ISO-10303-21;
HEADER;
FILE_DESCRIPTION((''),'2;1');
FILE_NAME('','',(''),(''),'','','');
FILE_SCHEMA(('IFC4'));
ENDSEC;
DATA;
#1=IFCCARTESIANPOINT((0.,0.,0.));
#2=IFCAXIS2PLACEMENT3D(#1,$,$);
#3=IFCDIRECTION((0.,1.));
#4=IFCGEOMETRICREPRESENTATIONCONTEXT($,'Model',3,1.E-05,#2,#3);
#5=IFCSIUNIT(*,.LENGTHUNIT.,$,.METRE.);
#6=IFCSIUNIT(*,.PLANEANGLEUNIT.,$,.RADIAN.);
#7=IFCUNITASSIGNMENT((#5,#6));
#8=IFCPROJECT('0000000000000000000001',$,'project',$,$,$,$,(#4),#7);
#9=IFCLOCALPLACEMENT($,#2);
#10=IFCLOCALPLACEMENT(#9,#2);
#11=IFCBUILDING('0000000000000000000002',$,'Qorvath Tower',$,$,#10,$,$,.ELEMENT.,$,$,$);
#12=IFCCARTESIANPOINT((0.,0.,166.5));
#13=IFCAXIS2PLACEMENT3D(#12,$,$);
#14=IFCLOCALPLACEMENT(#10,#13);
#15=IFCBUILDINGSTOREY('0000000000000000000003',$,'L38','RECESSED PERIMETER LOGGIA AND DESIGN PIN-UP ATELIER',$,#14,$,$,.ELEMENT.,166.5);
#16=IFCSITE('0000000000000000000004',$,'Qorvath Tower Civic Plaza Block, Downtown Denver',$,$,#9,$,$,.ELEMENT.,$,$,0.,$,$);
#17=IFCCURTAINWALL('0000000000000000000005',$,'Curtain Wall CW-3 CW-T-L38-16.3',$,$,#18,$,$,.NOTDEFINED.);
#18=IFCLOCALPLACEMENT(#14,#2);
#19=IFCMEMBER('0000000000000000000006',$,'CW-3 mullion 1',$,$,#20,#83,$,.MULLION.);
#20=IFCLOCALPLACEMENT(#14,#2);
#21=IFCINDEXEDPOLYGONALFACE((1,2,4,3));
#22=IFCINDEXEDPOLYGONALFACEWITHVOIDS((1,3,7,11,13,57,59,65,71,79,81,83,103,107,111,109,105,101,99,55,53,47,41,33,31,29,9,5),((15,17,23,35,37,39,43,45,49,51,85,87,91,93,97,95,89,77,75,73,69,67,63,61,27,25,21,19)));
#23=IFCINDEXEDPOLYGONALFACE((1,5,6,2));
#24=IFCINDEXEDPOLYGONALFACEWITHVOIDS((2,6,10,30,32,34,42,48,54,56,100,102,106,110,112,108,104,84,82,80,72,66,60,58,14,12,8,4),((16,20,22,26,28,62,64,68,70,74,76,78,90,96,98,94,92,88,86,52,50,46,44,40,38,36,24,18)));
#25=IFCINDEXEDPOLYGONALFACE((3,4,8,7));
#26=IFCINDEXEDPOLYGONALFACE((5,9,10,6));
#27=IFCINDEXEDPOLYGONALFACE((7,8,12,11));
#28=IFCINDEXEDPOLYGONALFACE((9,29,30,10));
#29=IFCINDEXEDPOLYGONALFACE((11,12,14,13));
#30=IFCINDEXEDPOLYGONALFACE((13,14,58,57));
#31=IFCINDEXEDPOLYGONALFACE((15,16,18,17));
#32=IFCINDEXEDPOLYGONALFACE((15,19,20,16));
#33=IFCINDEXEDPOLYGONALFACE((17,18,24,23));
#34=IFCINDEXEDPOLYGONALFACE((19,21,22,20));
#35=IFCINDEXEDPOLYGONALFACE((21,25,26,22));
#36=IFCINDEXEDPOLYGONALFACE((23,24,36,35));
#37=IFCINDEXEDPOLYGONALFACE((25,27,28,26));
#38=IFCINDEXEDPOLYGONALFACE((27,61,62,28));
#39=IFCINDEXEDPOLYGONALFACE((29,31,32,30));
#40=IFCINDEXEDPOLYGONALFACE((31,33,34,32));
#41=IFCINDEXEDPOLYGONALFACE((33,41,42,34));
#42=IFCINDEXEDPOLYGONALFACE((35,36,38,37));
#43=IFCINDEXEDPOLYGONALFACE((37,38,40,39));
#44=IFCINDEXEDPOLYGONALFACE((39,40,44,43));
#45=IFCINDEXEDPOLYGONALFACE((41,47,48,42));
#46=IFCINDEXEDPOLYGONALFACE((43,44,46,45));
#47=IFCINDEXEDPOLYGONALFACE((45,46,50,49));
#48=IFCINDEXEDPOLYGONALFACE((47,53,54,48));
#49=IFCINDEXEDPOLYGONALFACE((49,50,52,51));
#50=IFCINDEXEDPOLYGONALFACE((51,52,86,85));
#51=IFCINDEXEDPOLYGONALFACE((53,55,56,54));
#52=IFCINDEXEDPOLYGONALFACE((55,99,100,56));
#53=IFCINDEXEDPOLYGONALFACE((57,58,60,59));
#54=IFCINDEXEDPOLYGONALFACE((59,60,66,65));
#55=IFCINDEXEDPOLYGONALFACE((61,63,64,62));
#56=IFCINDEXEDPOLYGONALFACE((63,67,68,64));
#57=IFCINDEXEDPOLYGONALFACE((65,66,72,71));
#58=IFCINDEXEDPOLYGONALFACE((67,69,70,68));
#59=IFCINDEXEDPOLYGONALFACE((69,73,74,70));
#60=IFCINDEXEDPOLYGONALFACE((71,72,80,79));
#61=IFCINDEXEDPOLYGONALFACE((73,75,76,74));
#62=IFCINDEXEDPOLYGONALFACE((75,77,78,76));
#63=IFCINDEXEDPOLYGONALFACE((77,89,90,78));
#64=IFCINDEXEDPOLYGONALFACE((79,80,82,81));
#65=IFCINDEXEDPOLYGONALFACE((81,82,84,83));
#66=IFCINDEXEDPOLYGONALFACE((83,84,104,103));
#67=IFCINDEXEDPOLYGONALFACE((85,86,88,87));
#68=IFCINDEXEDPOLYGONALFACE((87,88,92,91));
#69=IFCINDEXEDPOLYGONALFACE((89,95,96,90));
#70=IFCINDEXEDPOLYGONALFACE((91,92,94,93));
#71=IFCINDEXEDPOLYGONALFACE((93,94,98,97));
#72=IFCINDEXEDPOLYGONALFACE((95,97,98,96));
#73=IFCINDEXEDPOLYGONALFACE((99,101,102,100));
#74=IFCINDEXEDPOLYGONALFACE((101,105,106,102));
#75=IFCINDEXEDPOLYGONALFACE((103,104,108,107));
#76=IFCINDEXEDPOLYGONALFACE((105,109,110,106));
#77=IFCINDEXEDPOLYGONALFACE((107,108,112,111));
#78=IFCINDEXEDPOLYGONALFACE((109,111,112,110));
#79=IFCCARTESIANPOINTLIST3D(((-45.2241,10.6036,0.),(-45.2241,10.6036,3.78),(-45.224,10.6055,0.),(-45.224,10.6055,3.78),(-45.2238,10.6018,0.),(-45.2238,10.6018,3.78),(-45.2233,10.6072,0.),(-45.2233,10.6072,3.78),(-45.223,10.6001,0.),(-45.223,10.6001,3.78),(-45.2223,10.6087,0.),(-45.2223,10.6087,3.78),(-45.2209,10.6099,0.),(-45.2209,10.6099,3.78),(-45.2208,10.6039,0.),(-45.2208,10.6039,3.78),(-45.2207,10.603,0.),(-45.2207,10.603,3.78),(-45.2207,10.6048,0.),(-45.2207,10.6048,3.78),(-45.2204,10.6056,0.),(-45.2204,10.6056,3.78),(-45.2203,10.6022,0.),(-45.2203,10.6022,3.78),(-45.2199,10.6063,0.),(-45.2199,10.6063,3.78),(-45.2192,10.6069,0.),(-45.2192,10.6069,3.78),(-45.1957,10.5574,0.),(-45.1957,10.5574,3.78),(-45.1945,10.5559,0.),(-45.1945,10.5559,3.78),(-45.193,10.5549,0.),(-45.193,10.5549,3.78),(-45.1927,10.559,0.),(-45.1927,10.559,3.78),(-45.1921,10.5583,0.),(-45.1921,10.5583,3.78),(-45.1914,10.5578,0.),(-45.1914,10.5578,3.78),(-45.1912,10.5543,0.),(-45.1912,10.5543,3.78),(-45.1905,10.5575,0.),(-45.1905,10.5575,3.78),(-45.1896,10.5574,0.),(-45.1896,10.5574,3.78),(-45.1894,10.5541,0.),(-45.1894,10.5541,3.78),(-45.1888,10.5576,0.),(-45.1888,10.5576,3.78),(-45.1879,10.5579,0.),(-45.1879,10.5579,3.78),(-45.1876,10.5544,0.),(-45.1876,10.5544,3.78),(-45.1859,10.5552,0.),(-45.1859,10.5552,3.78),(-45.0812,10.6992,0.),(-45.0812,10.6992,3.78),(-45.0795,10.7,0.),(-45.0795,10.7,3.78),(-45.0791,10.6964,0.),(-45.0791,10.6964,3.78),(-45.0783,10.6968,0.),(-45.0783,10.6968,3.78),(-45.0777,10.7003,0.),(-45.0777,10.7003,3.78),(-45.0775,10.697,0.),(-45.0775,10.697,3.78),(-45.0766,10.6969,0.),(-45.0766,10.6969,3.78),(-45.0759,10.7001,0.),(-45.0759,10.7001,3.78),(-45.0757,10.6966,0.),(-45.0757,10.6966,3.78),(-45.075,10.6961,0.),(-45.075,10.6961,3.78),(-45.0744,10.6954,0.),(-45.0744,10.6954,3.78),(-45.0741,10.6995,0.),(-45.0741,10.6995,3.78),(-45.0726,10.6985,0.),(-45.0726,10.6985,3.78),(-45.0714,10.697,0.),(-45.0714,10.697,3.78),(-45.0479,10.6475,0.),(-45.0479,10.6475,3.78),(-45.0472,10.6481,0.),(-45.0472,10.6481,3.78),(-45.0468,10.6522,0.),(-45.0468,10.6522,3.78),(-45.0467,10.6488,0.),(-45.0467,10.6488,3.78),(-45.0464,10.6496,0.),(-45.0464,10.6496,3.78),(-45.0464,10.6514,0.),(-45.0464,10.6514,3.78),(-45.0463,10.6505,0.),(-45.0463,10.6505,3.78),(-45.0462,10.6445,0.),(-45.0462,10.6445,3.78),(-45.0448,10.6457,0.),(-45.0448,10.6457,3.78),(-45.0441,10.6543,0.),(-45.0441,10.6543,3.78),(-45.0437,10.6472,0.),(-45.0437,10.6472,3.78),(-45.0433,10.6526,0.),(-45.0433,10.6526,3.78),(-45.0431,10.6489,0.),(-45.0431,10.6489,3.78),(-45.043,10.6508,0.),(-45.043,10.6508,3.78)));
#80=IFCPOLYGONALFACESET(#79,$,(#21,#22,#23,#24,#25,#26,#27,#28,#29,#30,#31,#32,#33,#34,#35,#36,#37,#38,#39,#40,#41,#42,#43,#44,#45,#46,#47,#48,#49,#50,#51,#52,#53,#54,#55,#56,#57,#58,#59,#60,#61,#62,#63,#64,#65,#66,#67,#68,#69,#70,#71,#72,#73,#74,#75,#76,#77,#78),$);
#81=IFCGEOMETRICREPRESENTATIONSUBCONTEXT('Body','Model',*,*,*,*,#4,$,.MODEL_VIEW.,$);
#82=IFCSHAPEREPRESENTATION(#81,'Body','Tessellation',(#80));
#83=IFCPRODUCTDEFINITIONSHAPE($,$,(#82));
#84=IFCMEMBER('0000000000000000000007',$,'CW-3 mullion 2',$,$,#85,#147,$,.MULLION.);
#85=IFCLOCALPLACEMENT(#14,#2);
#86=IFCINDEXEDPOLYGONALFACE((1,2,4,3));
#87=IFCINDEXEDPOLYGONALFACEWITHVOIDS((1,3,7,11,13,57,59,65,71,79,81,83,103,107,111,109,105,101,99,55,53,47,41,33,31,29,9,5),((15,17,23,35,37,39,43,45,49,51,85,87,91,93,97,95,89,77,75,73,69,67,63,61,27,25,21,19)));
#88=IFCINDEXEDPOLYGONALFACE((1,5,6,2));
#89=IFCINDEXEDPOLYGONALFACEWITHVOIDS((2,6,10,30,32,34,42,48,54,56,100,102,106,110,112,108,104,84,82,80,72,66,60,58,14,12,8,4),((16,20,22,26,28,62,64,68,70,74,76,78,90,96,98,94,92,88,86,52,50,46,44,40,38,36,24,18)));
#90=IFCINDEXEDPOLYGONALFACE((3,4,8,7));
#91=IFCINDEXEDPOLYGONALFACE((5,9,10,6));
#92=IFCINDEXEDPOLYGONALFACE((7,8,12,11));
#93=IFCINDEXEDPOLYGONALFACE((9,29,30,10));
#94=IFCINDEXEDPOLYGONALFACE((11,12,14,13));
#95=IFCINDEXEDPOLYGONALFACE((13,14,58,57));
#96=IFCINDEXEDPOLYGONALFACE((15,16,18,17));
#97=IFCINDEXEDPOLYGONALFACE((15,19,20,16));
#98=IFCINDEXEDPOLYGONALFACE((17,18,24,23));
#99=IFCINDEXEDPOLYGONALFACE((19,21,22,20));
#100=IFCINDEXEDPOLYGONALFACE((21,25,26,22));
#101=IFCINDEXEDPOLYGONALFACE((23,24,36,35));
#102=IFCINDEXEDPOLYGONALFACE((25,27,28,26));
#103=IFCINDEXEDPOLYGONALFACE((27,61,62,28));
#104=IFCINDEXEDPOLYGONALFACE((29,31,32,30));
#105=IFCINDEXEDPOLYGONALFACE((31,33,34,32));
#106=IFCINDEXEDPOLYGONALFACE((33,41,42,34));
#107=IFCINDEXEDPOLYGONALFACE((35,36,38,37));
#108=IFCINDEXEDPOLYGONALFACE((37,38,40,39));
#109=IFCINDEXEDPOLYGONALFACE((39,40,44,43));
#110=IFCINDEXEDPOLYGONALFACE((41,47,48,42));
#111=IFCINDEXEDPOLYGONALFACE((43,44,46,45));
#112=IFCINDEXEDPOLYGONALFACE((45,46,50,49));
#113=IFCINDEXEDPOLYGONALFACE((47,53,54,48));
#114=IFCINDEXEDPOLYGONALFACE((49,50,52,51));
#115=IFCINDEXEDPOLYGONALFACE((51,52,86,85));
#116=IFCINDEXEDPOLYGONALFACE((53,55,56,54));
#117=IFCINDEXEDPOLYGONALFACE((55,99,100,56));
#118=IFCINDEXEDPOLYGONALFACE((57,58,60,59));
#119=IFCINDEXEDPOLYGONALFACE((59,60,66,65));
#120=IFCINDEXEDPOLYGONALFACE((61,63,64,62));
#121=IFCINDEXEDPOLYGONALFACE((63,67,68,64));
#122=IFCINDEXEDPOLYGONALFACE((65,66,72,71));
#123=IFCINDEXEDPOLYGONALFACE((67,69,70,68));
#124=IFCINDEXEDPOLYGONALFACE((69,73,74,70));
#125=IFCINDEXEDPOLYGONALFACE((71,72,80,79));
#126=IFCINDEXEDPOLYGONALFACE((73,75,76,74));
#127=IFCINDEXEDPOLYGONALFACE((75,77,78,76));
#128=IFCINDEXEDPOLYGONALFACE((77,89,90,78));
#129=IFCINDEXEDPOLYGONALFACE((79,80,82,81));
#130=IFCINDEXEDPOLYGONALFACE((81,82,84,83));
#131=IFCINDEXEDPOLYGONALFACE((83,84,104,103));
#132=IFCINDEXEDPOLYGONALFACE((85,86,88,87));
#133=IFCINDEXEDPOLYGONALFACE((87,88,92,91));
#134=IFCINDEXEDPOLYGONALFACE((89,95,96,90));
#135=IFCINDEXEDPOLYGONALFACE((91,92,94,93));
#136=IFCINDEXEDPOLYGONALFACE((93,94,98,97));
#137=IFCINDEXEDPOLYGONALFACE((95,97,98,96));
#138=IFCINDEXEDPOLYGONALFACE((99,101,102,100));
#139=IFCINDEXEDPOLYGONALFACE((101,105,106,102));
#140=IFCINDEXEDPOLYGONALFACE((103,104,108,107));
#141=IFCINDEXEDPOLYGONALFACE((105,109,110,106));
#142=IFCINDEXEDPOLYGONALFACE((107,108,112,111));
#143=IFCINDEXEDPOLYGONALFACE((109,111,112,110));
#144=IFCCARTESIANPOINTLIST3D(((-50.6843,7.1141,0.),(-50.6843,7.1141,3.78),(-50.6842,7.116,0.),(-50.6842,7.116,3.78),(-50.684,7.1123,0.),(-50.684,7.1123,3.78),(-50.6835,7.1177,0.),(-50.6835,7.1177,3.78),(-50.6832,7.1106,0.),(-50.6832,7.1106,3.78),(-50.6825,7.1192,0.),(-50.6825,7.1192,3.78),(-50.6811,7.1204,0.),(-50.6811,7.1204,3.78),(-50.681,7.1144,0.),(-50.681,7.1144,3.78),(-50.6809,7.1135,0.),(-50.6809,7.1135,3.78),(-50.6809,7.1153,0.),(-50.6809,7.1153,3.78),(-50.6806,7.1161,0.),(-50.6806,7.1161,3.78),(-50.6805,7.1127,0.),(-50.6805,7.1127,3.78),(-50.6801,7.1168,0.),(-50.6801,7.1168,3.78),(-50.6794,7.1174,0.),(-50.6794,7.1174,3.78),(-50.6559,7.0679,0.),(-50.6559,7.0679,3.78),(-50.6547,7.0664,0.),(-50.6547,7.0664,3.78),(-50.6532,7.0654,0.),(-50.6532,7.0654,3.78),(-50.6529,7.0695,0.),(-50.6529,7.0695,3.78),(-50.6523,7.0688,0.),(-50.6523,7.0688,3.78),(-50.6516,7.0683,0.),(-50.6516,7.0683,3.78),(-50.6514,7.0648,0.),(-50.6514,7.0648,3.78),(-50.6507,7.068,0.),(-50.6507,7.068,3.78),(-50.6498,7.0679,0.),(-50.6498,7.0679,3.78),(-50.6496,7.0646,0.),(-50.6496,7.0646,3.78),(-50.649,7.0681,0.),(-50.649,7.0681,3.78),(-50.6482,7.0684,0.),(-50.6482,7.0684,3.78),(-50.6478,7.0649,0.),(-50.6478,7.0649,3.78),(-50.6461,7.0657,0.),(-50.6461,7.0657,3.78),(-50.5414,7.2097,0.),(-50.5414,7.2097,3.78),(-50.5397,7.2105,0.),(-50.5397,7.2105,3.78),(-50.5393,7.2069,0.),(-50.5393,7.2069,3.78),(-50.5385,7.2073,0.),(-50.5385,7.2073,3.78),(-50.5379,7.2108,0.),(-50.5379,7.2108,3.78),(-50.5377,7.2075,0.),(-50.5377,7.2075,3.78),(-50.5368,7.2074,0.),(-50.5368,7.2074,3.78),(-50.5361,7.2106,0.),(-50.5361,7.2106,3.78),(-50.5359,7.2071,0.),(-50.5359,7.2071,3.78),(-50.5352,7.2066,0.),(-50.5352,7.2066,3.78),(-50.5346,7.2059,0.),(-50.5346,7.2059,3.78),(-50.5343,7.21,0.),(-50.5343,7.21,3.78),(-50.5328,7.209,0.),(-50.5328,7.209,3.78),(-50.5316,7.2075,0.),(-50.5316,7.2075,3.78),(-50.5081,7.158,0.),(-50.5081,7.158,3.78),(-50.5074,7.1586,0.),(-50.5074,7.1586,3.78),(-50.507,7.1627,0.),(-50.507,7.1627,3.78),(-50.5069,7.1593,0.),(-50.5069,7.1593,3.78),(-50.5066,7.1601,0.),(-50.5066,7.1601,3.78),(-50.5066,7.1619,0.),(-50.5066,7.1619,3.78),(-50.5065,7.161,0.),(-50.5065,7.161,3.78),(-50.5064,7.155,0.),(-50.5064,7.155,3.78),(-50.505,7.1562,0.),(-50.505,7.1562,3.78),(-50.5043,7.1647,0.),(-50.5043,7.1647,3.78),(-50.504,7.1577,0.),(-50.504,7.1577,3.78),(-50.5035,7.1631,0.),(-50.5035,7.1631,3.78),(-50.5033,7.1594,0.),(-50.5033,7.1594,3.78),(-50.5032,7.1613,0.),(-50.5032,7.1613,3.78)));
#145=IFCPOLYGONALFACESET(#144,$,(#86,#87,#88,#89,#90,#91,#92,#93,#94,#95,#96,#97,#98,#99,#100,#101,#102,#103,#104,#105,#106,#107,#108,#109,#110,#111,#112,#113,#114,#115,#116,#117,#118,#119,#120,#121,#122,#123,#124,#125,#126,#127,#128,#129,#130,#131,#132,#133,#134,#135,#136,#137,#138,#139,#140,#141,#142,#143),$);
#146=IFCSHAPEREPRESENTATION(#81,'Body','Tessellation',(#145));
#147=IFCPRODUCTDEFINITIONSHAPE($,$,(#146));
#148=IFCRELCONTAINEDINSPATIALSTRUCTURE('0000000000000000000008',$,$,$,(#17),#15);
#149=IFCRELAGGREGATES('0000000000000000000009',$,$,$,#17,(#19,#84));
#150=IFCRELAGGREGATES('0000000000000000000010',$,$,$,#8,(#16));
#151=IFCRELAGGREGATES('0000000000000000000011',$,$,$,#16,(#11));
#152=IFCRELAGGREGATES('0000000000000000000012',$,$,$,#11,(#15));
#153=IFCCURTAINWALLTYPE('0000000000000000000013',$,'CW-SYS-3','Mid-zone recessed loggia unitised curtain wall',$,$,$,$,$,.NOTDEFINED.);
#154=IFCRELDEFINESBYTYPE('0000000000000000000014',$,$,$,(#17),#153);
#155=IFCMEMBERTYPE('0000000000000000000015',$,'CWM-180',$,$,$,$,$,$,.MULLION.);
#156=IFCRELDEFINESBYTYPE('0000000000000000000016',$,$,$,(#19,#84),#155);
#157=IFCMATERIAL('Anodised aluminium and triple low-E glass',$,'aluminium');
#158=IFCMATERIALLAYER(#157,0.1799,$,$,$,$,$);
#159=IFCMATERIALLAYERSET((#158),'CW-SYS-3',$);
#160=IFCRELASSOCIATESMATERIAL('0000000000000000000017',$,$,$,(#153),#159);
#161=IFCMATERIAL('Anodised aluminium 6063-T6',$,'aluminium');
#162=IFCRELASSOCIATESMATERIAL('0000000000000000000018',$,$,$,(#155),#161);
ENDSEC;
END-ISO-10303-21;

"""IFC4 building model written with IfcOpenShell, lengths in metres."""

from ifc_helpers import new_model, si_unit, direction, frame, origin, origin_2d, place, context, subcontext, project, spatial, hollow_rectangle, extrude, material, layer, layer_set, material_profile, profile_set, type_object, element, aggregate, save


model = new_model("IFC4")

# Units and contexts
model_context = context("Model", 3, precision=1e-05, world=origin(), true_north=direction((0.0, 1.0)))
body_context = subcontext(model_context, "Body", "Model", "MODEL_VIEW")
ifc_project = project(units=[si_unit("LENGTHUNIT", "METRE"), si_unit("PLANEANGLEUNIT", "RADIAN")], contexts=[model_context])

# Site, building, storey
site_placement = place(None, origin())
site = spatial("IfcSite", under=ifc_project, at=site_placement, Name="Qorvath Tower Civic Plaza Block, Downtown Denver", CompositionType="ELEMENT", RefElevation=0.0)
building_placement = place(site_placement, origin())
building = spatial("IfcBuilding", under=site, at=building_placement, Name="Qorvath Tower", CompositionType="ELEMENT")
storey_placement = place(building_placement, frame((0.0, 0.0, 166.5)))
storey = spatial("IfcBuildingStorey", under=building, at=storey_placement, Name="L38", Description="RECESSED PERIMETER LOGGIA AND DESIGN PIN-UP ATELIER", CompositionType="ELEMENT", Elevation=166.5)

# Curtain wall, members
ifc_material_1 = material(Name="Anodised aluminium and triple low-E glass", Category="aluminium")
ifc_layer_1 = layer(ifc_material_1, 0.1799)
ifc_layer_set_1 = layer_set([ifc_layer_1], Name="CW-SYS-3")
curtain_wall_type = type_object("IfcCurtainWallType", Name="CW-SYS-3", Description="Mid-zone recessed loggia unitised curtain wall", PredefinedType="NOTDEFINED", material=ifc_layer_set_1)
ifc_material_2 = material(Name="Anodised aluminium 6063-T6", Category="aluminium")
ifc_material_profile_1 = material_profile(ifc_material_2, hollow_rectangle(XDim=0.0649, YDim=0.1799, WallThickness=0.0034, InnerFilletRadius=0.0034, OuterFilletRadius=0.0071, at=origin_2d()), Name="CWM 180x65")
ifc_profile_set_1 = profile_set([ifc_material_profile_1], Name="Anodised aluminium 6063-T6")
member_type_1 = type_object("IfcMemberType", Name="CWM-180", PredefinedType="MULLION", material=ifc_profile_set_1)
curtain_wall_1_placement = place(storey_placement, origin())
curtain_wall_1 = element("IfcCurtainWall", 1, at=curtain_wall_1_placement, inside=storey, type_object=curtain_wall_type, Name="Curtain Wall CW-3 CW-T-L38-16.3", PredefinedType="NOTDEFINED")
member_1_placement = place(storey_placement, frame((-45.1335, 10.6272, 0.0), z_axis=(0.0, 0.0, 1.0), x_axis=(0.538523, -0.842611, 0.0)))
member_1 = element("IfcMember", 2, at=member_1_placement, type_object=member_type_1, Name="CW-3 mullion 1", PredefinedType="MULLION", context=body_context, shape_type="SweptSolid", body=[
    extrude(hollow_rectangle(XDim=0.0649, YDim=0.1799, WallThickness=0.0034, InnerFilletRadius=0.0034, OuterFilletRadius=0.0071, at=origin_2d()), origin(), (0.0, 0.0, 1.0), 3.78),
])
member_2_placement = place(storey_placement, frame((-50.5938, 7.1377, 0.0), z_axis=(0.0, 0.0, 1.0), x_axis=(0.538523, -0.842611, 0.0)))
member_2 = element("IfcMember", 3, at=member_2_placement, type_object=member_type_1, Name="CW-3 mullion 2", PredefinedType="MULLION", context=body_context, shape_type="SweptSolid", body=[
    extrude(hollow_rectangle(XDim=0.0649, YDim=0.1799, WallThickness=0.0034, InnerFilletRadius=0.0034, OuterFilletRadius=0.0071, at=origin_2d()), origin(), (0.0, 0.0, 1.0), 3.78),
])

aggregate(curtain_wall_1, [member_1, member_2])

save(model, "model.ifc")
